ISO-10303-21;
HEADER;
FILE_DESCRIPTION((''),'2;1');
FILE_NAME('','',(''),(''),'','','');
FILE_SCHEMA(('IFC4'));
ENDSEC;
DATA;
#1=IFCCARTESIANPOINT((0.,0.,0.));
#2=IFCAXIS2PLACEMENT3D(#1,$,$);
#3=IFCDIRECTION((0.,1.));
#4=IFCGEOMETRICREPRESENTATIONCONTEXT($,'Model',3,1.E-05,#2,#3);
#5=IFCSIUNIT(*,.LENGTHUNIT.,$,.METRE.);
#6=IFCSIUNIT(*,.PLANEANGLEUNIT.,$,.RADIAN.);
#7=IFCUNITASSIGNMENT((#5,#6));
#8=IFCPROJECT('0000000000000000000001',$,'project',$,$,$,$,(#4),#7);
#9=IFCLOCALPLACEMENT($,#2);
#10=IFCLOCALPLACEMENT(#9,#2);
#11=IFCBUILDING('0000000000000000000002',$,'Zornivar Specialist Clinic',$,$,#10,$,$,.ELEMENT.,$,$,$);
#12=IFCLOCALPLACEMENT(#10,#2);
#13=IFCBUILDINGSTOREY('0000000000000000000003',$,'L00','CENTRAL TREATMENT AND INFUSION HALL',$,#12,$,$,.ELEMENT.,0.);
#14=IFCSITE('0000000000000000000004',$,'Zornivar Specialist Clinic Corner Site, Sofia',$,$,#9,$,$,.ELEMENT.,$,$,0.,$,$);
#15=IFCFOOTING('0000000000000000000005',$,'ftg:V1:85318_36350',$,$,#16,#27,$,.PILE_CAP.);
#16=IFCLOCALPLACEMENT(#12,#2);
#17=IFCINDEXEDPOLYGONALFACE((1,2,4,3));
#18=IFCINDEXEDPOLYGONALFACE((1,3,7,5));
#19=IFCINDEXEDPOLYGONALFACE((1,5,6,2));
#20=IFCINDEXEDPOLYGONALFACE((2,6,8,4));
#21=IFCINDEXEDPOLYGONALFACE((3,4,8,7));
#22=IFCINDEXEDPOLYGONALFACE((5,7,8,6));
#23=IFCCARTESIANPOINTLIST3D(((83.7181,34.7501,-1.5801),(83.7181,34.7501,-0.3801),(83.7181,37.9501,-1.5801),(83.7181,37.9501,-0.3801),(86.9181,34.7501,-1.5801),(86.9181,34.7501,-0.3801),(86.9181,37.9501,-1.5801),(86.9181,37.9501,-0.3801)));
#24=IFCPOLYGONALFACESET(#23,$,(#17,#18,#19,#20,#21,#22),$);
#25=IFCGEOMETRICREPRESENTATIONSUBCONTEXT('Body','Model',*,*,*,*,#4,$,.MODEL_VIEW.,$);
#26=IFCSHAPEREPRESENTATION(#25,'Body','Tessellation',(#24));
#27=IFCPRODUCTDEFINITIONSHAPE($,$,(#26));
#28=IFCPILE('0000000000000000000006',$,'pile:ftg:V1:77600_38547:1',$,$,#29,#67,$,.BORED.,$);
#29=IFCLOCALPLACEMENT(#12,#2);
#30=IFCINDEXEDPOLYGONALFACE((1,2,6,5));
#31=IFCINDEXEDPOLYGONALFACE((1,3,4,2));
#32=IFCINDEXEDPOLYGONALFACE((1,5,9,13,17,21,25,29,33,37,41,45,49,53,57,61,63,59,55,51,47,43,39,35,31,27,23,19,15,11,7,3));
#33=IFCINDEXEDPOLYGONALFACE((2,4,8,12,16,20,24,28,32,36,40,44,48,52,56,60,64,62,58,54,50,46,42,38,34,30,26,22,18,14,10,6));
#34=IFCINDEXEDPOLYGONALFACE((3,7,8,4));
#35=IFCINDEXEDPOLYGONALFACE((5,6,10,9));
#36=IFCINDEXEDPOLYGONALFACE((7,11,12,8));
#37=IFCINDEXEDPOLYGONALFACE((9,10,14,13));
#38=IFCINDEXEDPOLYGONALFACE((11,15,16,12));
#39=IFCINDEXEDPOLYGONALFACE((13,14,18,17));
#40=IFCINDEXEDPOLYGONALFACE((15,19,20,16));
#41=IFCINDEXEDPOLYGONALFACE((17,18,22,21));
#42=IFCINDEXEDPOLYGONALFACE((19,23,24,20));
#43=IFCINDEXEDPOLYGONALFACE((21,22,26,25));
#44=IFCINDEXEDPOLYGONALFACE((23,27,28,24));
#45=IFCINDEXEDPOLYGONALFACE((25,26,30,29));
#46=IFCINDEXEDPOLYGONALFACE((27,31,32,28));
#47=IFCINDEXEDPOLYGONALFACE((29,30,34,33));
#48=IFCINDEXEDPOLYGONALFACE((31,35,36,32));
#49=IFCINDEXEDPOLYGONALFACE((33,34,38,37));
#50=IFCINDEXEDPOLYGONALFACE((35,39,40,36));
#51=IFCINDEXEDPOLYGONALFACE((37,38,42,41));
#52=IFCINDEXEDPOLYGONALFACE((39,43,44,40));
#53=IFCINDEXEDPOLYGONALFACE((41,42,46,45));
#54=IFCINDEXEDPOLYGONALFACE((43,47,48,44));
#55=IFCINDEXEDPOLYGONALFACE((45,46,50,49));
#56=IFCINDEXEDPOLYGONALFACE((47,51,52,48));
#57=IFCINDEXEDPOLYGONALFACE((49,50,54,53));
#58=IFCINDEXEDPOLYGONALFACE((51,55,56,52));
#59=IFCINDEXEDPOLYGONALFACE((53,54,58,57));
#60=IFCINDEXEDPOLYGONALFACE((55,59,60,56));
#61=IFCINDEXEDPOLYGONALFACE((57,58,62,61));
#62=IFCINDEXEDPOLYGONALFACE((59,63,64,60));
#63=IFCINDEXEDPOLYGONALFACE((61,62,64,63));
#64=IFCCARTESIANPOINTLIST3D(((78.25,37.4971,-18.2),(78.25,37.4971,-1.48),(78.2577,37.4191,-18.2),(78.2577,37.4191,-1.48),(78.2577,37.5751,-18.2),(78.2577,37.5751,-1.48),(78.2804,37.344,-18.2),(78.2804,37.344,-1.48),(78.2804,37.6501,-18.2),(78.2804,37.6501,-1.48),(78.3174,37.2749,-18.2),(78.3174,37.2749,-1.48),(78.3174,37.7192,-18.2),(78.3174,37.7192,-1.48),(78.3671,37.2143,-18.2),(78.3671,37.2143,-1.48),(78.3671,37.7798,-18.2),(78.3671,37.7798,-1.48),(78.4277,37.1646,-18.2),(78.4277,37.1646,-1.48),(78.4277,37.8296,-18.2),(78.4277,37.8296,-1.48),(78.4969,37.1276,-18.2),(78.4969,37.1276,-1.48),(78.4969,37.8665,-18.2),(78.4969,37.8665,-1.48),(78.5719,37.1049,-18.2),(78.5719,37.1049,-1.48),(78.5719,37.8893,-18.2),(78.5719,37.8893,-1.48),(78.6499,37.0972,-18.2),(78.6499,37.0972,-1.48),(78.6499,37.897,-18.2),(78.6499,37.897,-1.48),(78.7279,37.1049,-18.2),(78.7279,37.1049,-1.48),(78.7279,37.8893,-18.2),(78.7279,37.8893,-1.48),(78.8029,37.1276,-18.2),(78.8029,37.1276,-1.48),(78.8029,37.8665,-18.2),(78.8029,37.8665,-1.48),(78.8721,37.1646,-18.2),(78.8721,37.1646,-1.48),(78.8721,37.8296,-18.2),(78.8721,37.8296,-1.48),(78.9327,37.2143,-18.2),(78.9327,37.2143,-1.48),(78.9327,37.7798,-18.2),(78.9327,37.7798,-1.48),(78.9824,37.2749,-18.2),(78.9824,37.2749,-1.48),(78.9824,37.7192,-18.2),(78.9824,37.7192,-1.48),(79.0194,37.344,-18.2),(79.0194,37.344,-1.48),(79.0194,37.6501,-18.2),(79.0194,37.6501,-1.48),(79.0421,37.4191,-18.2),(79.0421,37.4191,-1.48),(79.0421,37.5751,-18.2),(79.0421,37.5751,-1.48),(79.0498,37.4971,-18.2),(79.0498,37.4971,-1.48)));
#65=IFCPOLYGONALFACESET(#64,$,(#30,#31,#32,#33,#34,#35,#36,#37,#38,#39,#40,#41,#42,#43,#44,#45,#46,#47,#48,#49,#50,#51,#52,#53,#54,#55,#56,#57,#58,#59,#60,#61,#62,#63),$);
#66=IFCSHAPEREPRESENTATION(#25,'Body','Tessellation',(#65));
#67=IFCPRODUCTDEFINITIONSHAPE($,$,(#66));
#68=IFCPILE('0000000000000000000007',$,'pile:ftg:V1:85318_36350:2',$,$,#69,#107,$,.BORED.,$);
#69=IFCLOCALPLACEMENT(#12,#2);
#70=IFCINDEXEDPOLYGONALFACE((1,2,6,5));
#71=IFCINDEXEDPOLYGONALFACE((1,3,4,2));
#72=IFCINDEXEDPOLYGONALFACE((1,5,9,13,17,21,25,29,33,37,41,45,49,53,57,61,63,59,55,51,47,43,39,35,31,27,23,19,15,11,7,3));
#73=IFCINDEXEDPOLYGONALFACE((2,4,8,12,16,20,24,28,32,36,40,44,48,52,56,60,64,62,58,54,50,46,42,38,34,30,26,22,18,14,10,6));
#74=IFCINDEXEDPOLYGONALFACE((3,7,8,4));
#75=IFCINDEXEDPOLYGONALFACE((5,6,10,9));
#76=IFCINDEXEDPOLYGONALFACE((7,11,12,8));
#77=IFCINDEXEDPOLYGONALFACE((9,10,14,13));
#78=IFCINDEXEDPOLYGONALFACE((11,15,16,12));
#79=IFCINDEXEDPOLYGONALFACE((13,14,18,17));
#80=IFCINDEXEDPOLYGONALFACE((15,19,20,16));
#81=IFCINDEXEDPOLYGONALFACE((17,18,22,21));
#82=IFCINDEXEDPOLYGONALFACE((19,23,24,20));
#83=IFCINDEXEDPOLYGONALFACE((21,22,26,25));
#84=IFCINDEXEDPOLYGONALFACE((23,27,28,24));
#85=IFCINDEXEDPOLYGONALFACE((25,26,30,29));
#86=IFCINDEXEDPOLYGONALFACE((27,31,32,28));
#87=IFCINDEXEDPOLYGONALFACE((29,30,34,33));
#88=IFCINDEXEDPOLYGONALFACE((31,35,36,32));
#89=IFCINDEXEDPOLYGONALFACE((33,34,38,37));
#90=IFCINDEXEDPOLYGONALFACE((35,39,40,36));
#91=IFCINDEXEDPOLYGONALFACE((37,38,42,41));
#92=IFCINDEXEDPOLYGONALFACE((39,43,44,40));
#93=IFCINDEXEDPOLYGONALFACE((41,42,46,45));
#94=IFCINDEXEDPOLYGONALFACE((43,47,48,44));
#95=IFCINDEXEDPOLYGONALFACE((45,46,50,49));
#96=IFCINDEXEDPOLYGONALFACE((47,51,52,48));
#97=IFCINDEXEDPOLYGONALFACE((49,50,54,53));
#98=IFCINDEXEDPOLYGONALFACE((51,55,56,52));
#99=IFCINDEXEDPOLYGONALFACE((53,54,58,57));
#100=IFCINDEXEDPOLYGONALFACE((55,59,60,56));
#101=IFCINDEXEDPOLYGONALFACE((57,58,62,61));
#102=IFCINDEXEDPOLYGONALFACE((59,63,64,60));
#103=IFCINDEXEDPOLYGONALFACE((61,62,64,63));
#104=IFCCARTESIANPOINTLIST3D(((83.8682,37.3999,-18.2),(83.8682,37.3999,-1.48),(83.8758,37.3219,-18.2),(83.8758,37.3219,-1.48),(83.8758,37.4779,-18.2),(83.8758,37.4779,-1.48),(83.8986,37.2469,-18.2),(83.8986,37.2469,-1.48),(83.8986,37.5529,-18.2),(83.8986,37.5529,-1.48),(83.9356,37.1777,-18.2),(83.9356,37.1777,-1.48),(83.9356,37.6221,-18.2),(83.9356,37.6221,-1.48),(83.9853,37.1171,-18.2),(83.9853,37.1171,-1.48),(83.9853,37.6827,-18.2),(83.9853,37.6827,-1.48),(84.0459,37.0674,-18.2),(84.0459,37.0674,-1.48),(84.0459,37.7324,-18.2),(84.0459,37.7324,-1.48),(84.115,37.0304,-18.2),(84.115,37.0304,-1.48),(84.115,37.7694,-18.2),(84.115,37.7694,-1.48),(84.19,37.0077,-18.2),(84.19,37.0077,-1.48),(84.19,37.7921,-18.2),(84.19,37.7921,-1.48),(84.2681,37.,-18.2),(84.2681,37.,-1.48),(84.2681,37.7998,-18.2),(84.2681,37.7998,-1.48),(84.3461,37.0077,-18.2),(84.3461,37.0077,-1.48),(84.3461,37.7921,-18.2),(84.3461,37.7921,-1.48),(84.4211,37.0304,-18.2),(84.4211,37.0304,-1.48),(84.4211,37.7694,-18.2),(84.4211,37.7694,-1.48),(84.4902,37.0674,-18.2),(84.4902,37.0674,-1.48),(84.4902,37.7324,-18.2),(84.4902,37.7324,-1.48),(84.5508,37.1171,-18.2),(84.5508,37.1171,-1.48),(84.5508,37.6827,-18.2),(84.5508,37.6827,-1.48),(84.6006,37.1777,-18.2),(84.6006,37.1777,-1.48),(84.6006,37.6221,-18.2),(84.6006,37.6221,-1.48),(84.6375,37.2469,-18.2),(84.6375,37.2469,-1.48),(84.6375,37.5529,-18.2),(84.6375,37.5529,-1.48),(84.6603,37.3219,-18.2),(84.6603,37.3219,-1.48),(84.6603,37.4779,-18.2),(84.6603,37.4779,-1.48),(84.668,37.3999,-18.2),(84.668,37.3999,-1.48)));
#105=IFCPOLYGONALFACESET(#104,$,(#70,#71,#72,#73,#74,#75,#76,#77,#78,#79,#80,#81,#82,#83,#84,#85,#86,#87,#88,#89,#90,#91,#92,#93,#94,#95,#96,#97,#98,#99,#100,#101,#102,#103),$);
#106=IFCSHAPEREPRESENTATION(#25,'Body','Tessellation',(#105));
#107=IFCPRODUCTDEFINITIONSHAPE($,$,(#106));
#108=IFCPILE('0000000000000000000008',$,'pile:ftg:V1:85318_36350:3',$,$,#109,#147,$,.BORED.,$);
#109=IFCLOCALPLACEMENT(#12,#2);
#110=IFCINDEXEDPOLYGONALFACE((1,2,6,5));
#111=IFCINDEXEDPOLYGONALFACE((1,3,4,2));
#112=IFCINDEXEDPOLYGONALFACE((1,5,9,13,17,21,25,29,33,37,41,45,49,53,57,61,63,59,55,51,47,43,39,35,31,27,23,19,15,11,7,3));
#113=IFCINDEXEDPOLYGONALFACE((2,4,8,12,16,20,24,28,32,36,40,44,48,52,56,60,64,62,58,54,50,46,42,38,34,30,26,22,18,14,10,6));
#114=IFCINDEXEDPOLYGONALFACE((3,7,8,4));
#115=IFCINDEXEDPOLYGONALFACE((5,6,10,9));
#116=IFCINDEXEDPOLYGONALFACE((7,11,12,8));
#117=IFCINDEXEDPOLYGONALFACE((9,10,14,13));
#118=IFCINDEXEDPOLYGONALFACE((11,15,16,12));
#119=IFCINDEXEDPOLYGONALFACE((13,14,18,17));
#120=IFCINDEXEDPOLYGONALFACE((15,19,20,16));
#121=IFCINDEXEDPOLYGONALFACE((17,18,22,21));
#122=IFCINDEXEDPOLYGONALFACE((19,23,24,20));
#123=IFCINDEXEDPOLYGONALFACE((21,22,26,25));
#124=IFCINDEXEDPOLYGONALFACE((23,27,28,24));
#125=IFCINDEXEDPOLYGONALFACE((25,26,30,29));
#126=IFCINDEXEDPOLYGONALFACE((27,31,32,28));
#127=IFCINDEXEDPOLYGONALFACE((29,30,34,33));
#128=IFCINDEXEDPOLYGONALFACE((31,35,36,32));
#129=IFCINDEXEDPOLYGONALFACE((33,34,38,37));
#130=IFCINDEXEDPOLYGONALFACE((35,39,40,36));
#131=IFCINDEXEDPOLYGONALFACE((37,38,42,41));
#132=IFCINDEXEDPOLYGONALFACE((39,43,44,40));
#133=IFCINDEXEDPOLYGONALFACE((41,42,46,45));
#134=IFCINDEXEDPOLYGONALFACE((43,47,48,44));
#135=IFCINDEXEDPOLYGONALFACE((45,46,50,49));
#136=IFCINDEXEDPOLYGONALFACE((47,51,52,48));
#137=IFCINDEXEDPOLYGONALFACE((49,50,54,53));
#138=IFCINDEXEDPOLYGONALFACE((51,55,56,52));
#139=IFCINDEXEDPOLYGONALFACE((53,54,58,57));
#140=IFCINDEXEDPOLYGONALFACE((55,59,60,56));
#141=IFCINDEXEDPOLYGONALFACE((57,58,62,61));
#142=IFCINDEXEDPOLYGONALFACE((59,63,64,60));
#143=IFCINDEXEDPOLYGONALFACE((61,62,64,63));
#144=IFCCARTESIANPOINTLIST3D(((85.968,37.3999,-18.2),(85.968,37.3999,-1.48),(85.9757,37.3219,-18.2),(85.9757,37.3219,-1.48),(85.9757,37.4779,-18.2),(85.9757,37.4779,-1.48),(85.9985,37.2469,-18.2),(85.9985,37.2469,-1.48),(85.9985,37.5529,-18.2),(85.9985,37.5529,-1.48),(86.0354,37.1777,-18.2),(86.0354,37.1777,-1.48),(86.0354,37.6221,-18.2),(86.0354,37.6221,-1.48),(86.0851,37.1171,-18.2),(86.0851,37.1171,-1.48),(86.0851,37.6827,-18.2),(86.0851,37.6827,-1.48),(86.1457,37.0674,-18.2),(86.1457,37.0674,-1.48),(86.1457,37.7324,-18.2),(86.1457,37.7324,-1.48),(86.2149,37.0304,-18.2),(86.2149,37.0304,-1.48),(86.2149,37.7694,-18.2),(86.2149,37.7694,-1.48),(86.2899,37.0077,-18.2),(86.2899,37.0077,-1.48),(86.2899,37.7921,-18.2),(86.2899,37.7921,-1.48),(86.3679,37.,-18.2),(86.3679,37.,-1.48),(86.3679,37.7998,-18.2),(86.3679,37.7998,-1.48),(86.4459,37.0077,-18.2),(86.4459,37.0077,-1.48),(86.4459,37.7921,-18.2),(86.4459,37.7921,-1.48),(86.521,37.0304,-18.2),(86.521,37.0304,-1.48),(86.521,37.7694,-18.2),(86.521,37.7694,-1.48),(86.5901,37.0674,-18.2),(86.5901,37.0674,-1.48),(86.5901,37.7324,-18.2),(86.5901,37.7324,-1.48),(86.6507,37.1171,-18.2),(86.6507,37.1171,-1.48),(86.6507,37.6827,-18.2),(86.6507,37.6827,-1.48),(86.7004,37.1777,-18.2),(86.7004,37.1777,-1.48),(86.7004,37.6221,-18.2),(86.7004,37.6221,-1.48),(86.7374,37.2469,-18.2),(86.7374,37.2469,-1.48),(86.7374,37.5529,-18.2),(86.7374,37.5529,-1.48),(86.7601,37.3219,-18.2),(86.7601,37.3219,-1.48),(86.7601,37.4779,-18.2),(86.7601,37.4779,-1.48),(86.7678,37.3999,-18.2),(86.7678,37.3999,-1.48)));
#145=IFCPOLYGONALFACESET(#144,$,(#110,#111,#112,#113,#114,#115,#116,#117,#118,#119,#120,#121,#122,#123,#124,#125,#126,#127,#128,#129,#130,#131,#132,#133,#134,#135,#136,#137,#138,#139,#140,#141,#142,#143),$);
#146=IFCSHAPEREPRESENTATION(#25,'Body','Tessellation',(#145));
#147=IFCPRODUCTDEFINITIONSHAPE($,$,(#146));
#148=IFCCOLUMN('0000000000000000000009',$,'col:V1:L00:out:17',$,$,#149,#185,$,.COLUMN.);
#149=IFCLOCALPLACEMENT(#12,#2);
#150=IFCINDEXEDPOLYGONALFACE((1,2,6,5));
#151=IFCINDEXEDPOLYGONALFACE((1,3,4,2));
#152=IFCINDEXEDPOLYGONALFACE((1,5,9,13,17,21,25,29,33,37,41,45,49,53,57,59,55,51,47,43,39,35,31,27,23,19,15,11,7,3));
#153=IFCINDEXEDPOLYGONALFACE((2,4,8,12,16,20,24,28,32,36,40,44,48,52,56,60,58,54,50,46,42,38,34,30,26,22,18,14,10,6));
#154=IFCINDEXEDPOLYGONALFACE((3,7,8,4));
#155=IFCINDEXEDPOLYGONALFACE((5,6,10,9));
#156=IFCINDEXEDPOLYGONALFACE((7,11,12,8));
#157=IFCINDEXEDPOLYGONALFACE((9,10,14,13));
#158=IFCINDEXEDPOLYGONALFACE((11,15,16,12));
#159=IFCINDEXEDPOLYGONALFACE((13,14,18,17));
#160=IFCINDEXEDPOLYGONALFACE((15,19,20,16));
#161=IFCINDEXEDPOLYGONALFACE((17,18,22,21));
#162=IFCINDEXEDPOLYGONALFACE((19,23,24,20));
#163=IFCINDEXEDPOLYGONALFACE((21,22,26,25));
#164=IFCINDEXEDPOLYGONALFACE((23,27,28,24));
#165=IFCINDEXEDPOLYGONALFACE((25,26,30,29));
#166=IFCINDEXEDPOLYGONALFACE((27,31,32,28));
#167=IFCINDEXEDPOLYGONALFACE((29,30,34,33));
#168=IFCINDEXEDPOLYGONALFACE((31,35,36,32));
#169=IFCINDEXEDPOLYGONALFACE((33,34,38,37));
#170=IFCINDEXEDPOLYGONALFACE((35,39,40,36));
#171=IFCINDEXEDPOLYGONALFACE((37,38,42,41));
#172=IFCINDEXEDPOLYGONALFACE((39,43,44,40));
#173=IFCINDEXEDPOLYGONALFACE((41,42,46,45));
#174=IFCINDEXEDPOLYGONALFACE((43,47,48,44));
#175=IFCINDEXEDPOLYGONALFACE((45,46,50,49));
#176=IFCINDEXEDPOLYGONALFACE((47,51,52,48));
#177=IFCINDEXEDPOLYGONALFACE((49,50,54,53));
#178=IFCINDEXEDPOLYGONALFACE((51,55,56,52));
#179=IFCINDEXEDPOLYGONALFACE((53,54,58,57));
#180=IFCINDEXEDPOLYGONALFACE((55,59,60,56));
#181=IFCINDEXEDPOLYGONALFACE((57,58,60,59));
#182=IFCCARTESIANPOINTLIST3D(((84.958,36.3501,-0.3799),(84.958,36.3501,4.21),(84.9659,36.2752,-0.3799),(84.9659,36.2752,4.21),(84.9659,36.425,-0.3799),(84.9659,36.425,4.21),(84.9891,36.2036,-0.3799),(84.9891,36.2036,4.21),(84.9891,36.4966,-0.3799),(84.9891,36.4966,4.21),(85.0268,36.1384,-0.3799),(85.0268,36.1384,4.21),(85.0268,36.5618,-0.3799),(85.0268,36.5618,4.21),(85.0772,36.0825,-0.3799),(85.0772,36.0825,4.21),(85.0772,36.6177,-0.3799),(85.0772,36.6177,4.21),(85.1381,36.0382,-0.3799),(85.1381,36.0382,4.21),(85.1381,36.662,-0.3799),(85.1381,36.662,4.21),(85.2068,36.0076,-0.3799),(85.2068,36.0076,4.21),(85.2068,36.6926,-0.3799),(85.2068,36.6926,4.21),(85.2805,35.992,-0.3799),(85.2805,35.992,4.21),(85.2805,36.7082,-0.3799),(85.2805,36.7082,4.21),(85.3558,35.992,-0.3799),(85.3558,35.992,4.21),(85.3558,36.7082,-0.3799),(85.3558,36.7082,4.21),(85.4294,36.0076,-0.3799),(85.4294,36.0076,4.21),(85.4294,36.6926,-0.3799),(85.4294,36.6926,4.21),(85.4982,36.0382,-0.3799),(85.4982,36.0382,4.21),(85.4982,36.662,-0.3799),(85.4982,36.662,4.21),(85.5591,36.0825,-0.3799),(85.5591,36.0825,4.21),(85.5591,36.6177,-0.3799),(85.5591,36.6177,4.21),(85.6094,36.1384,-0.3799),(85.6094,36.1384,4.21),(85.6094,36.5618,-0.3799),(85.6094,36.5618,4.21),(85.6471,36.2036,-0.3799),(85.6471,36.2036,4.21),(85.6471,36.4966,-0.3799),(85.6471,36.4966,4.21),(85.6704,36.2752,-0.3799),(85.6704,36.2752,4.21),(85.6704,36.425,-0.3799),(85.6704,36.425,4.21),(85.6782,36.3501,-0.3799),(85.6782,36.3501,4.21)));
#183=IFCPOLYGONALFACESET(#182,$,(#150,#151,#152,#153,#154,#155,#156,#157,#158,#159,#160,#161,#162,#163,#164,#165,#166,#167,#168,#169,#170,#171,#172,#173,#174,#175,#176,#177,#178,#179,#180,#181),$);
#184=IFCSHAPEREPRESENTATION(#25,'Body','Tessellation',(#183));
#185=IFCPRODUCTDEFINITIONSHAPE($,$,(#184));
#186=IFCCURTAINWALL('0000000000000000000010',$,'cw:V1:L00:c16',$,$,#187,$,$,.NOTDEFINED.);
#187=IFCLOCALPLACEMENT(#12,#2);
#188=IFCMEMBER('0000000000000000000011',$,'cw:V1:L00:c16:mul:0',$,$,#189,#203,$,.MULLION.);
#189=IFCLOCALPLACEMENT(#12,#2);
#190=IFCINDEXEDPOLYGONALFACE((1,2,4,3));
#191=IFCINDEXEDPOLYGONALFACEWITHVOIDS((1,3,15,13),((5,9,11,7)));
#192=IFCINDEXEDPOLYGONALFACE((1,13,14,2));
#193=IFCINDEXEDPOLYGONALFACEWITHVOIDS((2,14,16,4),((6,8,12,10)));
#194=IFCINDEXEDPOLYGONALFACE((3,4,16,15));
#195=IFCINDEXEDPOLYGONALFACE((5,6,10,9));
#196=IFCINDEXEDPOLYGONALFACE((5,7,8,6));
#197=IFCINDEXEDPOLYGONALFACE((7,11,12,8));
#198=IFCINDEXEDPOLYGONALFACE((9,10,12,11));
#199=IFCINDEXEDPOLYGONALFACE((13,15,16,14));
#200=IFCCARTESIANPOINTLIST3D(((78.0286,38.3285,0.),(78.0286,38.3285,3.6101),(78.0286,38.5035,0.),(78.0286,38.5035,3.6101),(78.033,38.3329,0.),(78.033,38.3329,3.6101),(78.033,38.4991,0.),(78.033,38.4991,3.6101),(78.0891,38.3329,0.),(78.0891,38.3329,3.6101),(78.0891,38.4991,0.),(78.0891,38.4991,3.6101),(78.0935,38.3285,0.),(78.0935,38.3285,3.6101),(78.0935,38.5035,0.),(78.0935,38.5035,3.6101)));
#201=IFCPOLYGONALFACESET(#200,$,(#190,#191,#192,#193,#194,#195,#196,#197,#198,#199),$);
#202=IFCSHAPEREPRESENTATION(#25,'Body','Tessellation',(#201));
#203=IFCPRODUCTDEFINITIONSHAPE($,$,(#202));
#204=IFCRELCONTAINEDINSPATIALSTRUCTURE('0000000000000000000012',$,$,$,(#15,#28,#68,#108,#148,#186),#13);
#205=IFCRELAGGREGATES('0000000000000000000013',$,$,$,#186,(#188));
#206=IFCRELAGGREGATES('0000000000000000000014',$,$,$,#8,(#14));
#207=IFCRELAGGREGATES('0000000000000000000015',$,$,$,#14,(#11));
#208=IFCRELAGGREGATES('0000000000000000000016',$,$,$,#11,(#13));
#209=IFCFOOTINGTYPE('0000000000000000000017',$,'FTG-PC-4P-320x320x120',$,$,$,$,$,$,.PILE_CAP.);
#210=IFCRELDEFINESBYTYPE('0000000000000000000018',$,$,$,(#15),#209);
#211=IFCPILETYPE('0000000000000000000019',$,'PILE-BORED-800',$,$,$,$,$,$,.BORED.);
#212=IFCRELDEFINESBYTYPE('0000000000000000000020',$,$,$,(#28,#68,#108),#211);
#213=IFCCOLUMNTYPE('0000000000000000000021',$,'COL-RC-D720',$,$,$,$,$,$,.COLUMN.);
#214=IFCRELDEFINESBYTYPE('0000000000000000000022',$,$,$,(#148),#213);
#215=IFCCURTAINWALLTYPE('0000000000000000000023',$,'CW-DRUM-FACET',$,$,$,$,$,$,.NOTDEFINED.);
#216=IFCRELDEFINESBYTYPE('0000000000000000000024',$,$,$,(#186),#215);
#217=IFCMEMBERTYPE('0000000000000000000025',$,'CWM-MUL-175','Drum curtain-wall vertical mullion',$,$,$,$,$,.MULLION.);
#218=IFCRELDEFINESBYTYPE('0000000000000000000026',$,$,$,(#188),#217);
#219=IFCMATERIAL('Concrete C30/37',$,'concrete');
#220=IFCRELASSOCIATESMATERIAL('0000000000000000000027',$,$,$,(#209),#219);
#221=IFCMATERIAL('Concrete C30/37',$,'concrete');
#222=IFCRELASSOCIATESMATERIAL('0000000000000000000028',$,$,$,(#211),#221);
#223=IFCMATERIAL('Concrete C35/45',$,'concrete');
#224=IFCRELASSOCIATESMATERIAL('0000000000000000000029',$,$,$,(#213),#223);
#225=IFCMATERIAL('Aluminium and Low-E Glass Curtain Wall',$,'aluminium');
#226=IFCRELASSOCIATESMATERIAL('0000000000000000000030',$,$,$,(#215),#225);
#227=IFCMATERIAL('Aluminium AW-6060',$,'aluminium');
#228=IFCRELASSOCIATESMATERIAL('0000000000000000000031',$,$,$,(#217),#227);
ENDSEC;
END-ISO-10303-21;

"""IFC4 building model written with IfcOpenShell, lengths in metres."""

from ifc_helpers import new_model, si_unit, direction, frame, origin, origin_2d, place, context, subcontext, project, spatial, rectangle, hollow_rectangle, circle, extrude, material, material_profile, profile_set, type_object, element, aggregate, save


model = new_model("IFC4")

# Units and contexts
model_context = context("Model", 3, precision=1e-05, world=origin(), true_north=direction((0.0, 1.0)))
body_context = subcontext(model_context, "Body", "Model", "MODEL_VIEW")
ifc_project = project(units=[si_unit("LENGTHUNIT", "METRE"), si_unit("PLANEANGLEUNIT", "RADIAN")], contexts=[model_context])

# Site, building, storey
site_placement = place(None, origin())
site = spatial("IfcSite", under=ifc_project, at=site_placement, Name="Zornivar Specialist Clinic Corner Site, Sofia", CompositionType="ELEMENT", RefElevation=0.0)
building_placement = place(site_placement, origin())
building = spatial("IfcBuilding", under=site, at=building_placement, Name="Zornivar Specialist Clinic", CompositionType="ELEMENT")
storey_placement = place(building_placement, origin())
storey = spatial("IfcBuildingStorey", under=building, at=storey_placement, Name="L00", Description="CENTRAL TREATMENT AND INFUSION HALL", CompositionType="ELEMENT", Elevation=0.0)

# Footing
ifc_material_1 = material(Name="Concrete C30/37", Category="concrete")
footing_type = type_object("IfcFootingType", Name="FTG-PC-4P-320x320x120", PredefinedType="PILE_CAP", material=ifc_material_1)
footing_placement = place(storey_placement, frame((85.3181, 36.3501, -1.5801), z_axis=(0.0, 0.0, 1.0), x_axis=(1.0, 0.0, 0.0)))
element("IfcFooting", 1, at=footing_placement, inside=storey, type_object=footing_type, Name="ftg:V1:85318_36350", PredefinedType="PILE_CAP", context=body_context, shape_type="SweptSolid", body=[
    extrude(rectangle(XDim=3.2, YDim=3.2, at=origin_2d()), origin(), (0.0, 0.0, 1.0), 1.2),
])

# Piles
ifc_material_2 = material(Name="Concrete C30/37", Category="concrete")
ifc_material_profile_1 = material_profile(ifc_material_2, circle(Radius=0.3999, at=origin_2d()), Name="PILE D800")
ifc_profile_set_1 = profile_set([ifc_material_profile_1], Name="Concrete C30/37")
pile_type = type_object("IfcPileType", Name="PILE-BORED-800", PredefinedType="BORED", material=ifc_profile_set_1)
for number, where, z_axis, x_axis, name in (
    (2, (78.6499, 37.4971, -1.48), (0.0, 0.0, -1.0), (1.0, 0.0, 0.0), "pile:ftg:V1:77600_38547:1"),
    (3, (84.2681, 37.3999, -1.48), (0.0, 0.0, -1.0), (1.0, 0.0, 0.0), "pile:ftg:V1:85318_36350:2"),
    (4, (86.3679, 37.3999, -1.48), (0.0, 0.0, -1.0), (1.0, 0.0, 0.0), "pile:ftg:V1:85318_36350:3"),
):
    element("IfcPile", number, at=place(storey_placement, frame(where, z_axis=z_axis, x_axis=x_axis)), inside=storey, type_object=pile_type, Name=name, PredefinedType="BORED", context=body_context, shape_type="SweptSolid", body=[
        extrude(circle(Radius=0.3999, at=origin_2d()), origin(), (0.0, 0.0, 1.0), 16.72),
    ])

# Column
ifc_material_3 = material(Name="Concrete C35/45", Category="concrete")
ifc_material_profile_2 = material_profile(ifc_material_3, circle(Radius=0.3601, at=origin_2d()), Name="RC D720")
ifc_profile_set_2 = profile_set([ifc_material_profile_2], Name="Concrete C35/45")
column_type = type_object("IfcColumnType", Name="COL-RC-D720", PredefinedType="COLUMN", material=ifc_profile_set_2)
column_placement = place(storey_placement, frame((85.3181, 36.3501, -0.3799), z_axis=(0.0, 0.0, 1.0), x_axis=(1.0, 0.0, 0.0)))
element("IfcColumn", 5, at=column_placement, inside=storey, type_object=column_type, Name="col:V1:L00:out:17", PredefinedType="COLUMN", context=body_context, shape_type="SweptSolid", body=[
    extrude(circle(Radius=0.3601, at=origin_2d()), origin(), (0.0, 0.0, 1.0), 4.5898),
])

# Curtain wall, member
ifc_material_4 = material(Name="Aluminium and Low-E Glass Curtain Wall", Category="aluminium")
curtain_wall_type = type_object("IfcCurtainWallType", Name="CW-DRUM-FACET", PredefinedType="NOTDEFINED", material=ifc_material_4)
curtain_wall_1_placement = place(storey_placement, origin())
curtain_wall_1 = element("IfcCurtainWall", 6, at=curtain_wall_1_placement, inside=storey, type_object=curtain_wall_type, Name="cw:V1:L00:c16", PredefinedType="NOTDEFINED")
ifc_material_5 = material(Name="Aluminium AW-6060", Category="aluminium")
ifc_material_profile_3 = material_profile(ifc_material_5, hollow_rectangle(XDim=0.0649, YDim=0.175, WallThickness=0.0044, at=origin_2d()), Name="ALU 65x175x4.5")
ifc_profile_set_3 = profile_set([ifc_material_profile_3], Name="Aluminium AW-6060")
member_type_1 = type_object("IfcMemberType", Name="CWM-MUL-175", Description="Drum curtain-wall vertical mullion", PredefinedType="MULLION", material=ifc_profile_set_3)
member_1_placement = place(storey_placement, frame((78.061, 38.416, 0.0), z_axis=(0.0, 0.0, 1.0), x_axis=(1.0, 0.0, 0.0)))
member_1 = element("IfcMember", 7, at=member_1_placement, type_object=member_type_1, Name="cw:V1:L00:c16:mul:0", PredefinedType="MULLION", context=body_context, shape_type="SweptSolid", body=[
    extrude(hollow_rectangle(XDim=0.0649, YDim=0.175, WallThickness=0.0044, at=origin_2d()), origin(), (0.0, 0.0, 1.0), 3.6101),
])

aggregate(curtain_wall_1, [member_1])

save(model, "model.ifc")
